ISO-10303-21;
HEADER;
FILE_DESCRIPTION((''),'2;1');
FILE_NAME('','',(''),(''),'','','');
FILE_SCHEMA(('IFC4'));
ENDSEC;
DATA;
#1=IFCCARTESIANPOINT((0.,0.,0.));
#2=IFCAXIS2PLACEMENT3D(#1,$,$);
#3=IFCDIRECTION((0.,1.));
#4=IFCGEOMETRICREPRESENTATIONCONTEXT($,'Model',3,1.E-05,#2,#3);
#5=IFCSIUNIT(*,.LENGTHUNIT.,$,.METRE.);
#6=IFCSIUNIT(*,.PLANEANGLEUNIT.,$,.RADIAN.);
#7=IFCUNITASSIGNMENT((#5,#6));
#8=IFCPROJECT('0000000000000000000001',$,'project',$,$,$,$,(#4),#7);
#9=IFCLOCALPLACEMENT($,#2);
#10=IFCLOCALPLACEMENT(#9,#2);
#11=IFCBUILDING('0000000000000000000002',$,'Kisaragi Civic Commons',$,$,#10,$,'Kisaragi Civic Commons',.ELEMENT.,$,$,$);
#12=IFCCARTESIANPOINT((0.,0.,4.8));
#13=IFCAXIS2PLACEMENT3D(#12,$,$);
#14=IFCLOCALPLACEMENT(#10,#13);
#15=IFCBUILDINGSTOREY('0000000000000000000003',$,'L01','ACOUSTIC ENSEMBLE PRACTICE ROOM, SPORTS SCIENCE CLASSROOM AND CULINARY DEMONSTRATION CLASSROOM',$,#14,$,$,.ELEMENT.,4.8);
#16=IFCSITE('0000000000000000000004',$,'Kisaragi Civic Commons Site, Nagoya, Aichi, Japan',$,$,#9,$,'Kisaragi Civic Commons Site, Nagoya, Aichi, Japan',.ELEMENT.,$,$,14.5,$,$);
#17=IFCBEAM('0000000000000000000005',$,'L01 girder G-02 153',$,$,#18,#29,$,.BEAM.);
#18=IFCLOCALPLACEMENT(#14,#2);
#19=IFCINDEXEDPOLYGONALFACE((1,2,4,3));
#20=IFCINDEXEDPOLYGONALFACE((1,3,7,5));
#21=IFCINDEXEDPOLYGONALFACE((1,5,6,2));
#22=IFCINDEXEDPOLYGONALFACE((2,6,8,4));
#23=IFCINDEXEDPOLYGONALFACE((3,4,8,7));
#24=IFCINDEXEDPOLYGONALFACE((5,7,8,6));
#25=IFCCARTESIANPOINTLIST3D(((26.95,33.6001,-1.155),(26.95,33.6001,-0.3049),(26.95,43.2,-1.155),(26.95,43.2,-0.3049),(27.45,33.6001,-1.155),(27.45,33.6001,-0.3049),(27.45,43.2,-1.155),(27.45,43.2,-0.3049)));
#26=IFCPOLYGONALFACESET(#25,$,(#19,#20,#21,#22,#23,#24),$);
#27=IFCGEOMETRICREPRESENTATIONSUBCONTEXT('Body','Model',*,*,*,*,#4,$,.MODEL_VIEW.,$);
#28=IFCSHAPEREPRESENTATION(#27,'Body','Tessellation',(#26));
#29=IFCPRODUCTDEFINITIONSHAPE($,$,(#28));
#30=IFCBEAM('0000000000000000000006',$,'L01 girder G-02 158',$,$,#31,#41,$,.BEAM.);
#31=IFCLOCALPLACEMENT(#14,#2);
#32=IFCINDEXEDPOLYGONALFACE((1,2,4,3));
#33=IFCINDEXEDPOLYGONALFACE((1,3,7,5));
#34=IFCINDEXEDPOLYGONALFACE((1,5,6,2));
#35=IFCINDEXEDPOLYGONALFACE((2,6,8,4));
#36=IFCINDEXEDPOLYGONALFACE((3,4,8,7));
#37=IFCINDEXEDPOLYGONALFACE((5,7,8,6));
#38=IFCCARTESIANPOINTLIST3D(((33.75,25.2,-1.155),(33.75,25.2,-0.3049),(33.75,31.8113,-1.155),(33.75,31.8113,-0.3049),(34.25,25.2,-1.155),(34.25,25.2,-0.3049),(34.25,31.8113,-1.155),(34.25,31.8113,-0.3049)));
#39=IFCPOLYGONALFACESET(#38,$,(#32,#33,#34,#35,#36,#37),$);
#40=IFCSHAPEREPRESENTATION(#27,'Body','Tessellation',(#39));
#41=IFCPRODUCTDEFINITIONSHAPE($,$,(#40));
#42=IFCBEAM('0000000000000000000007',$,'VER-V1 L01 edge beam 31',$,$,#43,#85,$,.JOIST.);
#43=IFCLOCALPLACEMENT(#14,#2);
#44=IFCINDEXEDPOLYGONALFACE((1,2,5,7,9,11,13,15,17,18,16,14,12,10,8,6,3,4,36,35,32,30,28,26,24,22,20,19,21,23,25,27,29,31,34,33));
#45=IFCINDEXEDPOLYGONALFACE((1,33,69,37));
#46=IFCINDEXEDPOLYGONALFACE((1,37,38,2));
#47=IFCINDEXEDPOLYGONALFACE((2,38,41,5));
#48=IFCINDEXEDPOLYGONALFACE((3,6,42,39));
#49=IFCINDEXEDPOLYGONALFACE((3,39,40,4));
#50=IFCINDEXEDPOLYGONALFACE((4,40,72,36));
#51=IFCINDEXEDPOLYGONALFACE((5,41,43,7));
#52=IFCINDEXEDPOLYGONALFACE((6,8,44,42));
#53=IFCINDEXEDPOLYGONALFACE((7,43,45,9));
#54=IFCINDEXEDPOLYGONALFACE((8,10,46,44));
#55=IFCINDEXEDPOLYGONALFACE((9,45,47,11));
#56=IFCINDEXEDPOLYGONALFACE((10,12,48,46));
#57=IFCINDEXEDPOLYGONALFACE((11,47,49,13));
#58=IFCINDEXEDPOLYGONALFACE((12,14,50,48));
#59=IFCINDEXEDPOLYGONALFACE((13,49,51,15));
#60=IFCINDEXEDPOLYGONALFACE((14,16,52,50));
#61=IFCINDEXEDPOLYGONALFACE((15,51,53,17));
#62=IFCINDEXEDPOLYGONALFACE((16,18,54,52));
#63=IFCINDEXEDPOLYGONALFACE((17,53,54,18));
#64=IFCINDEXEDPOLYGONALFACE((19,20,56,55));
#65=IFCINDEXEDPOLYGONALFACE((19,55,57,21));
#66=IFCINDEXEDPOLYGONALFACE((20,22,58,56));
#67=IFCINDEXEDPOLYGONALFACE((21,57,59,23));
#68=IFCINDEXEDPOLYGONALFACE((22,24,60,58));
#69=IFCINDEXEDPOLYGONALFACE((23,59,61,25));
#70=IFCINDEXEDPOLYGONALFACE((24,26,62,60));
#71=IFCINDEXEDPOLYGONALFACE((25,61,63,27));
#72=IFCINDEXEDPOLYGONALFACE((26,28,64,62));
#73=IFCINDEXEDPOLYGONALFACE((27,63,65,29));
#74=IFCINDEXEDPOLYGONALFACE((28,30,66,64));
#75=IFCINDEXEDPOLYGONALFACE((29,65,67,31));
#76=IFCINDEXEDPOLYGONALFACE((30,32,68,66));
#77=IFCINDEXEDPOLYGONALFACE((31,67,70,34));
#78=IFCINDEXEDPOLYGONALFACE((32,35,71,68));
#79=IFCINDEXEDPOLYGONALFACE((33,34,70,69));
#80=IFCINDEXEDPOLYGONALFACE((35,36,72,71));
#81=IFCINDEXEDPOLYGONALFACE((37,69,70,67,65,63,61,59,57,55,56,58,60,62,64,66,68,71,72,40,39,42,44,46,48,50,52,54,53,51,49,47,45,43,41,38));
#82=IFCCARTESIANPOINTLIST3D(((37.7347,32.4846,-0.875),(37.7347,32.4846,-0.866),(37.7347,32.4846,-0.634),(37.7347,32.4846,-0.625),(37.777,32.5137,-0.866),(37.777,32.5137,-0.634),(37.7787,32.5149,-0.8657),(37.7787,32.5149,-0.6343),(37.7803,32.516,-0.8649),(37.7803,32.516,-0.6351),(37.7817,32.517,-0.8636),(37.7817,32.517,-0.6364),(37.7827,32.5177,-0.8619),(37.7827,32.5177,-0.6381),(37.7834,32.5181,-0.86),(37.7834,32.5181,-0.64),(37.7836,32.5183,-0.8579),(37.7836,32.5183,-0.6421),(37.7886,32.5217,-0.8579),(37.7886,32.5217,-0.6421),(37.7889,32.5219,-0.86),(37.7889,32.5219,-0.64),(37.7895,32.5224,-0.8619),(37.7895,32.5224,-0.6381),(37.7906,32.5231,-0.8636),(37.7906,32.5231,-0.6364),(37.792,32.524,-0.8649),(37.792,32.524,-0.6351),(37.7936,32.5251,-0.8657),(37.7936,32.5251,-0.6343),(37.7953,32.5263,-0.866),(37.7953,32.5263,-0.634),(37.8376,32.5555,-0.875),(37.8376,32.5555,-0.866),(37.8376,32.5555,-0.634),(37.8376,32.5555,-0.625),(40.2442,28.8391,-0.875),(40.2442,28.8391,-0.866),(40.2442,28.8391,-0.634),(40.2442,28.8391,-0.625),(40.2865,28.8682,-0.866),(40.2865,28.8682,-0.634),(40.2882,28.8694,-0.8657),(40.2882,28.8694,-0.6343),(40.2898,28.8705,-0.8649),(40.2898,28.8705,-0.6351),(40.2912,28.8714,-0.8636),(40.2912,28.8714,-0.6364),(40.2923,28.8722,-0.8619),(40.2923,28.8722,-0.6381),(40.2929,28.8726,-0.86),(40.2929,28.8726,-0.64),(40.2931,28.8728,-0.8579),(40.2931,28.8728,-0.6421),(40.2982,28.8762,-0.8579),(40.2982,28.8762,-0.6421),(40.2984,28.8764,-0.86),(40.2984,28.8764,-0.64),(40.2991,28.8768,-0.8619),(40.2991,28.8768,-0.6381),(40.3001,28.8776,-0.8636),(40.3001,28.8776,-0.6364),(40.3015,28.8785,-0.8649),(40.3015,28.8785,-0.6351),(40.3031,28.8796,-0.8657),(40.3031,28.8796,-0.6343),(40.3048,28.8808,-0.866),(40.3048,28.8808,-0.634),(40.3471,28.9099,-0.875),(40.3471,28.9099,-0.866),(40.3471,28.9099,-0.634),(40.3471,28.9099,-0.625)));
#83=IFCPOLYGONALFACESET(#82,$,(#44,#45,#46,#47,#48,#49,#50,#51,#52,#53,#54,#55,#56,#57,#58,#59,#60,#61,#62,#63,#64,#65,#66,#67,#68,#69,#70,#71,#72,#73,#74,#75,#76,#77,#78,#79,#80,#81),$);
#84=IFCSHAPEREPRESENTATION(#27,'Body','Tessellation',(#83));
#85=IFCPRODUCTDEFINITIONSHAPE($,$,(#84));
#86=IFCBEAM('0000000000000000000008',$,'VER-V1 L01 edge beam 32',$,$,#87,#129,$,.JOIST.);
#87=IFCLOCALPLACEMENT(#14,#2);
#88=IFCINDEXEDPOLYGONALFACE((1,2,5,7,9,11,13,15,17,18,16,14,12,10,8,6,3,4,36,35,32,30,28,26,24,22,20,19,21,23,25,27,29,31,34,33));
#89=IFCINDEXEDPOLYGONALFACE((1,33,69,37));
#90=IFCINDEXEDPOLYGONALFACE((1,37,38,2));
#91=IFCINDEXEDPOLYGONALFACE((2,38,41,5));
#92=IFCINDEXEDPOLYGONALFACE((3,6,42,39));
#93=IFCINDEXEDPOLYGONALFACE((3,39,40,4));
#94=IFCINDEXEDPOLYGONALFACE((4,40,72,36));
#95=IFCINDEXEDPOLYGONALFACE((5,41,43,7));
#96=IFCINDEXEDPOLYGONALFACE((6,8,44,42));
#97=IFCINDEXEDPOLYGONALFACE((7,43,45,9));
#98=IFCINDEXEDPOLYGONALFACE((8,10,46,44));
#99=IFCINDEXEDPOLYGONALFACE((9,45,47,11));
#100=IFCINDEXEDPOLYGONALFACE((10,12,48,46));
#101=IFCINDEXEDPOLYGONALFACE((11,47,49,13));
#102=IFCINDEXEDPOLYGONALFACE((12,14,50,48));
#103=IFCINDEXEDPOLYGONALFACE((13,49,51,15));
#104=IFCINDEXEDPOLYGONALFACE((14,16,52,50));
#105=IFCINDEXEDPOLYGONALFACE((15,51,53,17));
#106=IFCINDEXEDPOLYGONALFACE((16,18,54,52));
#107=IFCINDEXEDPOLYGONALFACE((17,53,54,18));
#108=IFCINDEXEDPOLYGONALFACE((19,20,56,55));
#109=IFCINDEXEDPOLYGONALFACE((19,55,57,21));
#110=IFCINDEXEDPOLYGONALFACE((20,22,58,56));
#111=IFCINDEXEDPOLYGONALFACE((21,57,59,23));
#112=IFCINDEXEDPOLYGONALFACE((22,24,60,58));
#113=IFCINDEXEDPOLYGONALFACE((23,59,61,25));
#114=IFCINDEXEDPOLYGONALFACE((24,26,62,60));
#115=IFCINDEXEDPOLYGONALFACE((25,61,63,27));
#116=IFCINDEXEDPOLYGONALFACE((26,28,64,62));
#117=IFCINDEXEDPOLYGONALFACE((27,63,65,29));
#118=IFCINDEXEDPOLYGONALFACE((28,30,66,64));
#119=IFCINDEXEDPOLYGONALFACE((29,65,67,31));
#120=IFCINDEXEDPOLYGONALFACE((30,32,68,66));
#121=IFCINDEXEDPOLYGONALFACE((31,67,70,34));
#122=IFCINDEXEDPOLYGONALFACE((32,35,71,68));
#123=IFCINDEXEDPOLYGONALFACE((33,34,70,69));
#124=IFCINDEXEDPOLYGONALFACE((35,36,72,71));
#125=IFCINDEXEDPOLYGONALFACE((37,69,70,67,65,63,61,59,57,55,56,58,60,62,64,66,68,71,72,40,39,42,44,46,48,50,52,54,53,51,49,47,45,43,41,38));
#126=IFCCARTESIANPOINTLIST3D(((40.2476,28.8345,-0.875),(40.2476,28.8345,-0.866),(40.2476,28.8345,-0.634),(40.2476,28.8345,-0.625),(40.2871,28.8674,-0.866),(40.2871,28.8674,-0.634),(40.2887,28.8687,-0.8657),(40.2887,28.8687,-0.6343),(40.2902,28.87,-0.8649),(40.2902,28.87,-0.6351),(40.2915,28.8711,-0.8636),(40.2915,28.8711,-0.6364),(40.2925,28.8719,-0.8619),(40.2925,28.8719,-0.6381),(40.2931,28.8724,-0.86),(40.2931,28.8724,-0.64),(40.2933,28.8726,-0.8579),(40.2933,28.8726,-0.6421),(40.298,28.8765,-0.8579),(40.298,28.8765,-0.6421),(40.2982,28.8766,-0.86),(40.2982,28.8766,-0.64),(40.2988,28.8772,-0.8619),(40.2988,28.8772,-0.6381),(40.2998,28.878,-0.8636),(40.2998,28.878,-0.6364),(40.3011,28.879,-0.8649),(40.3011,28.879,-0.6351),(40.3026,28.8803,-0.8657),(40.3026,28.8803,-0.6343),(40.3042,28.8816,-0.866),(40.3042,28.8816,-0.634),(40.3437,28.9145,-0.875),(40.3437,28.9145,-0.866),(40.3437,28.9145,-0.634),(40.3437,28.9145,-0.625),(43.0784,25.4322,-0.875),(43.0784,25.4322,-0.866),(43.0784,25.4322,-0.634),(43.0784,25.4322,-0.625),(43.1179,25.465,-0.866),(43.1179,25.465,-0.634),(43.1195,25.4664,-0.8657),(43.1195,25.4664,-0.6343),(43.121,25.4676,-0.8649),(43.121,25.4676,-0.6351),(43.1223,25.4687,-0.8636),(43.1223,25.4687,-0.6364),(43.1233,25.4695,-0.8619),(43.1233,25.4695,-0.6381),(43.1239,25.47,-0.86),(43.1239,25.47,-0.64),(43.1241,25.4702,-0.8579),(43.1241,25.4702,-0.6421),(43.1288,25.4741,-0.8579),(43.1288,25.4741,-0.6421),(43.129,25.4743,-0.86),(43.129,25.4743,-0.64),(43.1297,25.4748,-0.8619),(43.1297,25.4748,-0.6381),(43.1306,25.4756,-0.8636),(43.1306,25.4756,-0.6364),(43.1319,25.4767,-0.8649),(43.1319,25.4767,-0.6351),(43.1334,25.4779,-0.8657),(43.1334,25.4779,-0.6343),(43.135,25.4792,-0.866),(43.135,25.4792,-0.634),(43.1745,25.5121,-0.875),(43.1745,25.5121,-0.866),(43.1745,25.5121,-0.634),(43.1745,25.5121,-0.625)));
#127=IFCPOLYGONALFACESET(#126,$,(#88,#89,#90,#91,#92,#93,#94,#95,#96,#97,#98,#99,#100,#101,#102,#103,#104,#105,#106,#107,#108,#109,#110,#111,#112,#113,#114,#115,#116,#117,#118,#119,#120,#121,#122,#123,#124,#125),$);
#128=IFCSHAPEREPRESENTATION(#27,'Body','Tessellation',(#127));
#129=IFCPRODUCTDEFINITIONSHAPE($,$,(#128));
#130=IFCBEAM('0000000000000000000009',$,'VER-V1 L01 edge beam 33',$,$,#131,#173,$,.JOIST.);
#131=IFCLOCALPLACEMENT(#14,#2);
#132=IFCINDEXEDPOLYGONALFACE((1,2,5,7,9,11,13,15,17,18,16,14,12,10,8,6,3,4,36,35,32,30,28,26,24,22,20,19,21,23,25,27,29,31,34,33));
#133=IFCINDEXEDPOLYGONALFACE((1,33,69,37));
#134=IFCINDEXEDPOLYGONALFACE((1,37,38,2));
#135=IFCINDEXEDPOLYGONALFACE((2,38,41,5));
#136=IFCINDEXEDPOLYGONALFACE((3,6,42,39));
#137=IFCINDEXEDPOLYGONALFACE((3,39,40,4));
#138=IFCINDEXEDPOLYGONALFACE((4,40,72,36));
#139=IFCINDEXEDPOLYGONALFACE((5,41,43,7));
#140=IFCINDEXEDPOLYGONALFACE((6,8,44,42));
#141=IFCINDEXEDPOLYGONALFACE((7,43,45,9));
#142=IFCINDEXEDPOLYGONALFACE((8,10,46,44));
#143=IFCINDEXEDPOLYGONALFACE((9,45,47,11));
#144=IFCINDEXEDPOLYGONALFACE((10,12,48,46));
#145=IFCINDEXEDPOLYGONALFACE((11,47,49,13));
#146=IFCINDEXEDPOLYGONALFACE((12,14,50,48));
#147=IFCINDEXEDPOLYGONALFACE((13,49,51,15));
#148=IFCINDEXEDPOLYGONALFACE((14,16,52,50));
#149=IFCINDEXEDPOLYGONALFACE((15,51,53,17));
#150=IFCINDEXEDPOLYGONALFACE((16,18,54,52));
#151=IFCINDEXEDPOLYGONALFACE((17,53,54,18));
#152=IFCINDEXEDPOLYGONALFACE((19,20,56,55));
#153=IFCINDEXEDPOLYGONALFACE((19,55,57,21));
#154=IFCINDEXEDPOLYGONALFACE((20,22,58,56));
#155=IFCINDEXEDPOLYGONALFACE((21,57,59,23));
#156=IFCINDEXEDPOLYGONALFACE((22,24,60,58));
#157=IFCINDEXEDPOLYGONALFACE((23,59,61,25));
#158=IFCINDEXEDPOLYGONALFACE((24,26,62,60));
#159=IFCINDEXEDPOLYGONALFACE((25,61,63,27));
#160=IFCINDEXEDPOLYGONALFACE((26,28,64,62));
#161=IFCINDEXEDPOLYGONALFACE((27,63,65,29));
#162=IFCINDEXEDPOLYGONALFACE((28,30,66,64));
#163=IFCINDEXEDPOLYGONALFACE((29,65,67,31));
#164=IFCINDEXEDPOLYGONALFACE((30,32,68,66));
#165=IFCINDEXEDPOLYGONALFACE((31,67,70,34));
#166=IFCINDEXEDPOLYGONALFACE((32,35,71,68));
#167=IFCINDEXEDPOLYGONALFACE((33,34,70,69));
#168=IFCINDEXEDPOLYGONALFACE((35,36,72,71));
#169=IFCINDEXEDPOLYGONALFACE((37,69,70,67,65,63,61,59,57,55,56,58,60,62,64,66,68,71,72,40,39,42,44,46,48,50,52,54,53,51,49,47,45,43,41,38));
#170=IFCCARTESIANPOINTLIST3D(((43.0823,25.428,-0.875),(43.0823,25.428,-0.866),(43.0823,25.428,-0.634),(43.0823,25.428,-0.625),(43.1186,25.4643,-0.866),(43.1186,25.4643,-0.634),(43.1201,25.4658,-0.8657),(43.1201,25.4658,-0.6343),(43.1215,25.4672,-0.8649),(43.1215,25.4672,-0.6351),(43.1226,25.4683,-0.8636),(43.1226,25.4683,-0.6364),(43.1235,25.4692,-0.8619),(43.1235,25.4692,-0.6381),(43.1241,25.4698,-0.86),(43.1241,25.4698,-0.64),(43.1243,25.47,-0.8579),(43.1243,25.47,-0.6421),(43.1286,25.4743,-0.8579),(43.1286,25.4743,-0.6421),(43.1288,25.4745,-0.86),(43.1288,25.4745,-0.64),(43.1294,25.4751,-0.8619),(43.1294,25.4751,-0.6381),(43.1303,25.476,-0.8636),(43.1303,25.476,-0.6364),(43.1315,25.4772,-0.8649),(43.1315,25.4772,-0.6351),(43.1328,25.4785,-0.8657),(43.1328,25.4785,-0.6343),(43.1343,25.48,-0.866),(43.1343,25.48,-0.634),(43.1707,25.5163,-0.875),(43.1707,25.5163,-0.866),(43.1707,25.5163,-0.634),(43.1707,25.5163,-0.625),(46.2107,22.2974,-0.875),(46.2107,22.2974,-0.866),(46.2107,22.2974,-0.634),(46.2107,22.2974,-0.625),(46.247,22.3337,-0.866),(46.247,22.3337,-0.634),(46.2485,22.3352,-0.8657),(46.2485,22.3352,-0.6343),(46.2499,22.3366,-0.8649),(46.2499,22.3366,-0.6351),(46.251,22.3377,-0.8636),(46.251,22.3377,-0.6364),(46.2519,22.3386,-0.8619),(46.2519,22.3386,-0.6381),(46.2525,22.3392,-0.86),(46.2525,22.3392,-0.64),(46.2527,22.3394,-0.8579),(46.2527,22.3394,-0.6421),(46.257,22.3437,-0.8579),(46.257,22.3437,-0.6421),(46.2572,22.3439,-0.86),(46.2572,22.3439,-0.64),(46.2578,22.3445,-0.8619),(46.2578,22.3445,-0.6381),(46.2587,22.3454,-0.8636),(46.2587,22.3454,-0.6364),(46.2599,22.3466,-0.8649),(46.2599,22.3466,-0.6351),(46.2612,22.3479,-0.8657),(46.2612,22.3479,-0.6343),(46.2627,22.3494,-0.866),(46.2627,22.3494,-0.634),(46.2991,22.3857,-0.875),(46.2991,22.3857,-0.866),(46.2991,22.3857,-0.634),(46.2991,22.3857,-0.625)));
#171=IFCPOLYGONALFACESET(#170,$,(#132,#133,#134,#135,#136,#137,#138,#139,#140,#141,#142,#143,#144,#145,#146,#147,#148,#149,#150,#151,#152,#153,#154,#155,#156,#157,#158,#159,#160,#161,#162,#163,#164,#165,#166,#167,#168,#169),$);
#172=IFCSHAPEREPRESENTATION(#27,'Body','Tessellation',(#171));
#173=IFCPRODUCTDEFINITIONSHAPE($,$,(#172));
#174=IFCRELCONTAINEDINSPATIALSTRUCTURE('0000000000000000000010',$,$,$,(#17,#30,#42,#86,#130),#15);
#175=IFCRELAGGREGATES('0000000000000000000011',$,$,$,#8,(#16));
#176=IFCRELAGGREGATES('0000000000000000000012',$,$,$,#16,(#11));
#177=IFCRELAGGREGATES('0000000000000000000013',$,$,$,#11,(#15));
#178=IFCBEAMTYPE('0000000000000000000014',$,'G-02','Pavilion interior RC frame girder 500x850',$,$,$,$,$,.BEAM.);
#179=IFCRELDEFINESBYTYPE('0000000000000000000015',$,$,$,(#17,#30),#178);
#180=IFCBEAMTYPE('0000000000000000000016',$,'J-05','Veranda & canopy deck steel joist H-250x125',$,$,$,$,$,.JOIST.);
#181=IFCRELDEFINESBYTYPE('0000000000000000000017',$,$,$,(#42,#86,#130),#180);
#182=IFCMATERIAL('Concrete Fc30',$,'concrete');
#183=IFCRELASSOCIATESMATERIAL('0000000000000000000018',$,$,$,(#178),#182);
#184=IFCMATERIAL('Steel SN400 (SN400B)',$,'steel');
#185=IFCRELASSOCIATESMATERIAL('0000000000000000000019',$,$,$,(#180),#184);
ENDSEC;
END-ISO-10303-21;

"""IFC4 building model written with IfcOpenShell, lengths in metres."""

from ifc_helpers import new_model, si_unit, direction, frame, origin, origin_2d, place, context, subcontext, project, spatial, rectangle, i_section, extrude, material, material_profile, profile_set, type_object, element, save


model = new_model("IFC4")

# Units and contexts
model_context = context("Model", 3, precision=1e-05, world=origin(), true_north=direction((0.0, 1.0)))
body_context = subcontext(model_context, "Body", "Model", "MODEL_VIEW")
ifc_project = project(units=[si_unit("LENGTHUNIT", "METRE"), si_unit("PLANEANGLEUNIT", "RADIAN")], contexts=[model_context])

# Site, building, storey
site_placement = place(None, origin())
site = spatial("IfcSite", under=ifc_project, at=site_placement, Name="Kisaragi Civic Commons Site, Nagoya, Aichi, Japan", LongName="Kisaragi Civic Commons Site, Nagoya, Aichi, Japan", CompositionType="ELEMENT", RefElevation=14.5)
building_placement = place(site_placement, origin())
building = spatial("IfcBuilding", under=site, at=building_placement, Name="Kisaragi Civic Commons", LongName="Kisaragi Civic Commons", CompositionType="ELEMENT")
storey_placement = place(building_placement, frame((0.0, 0.0, 4.8)))
storey = spatial("IfcBuildingStorey", under=building, at=storey_placement, Name="L01", Description="ACOUSTIC ENSEMBLE PRACTICE ROOM, SPORTS SCIENCE CLASSROOM AND CULINARY DEMONSTRATION CLASSROOM", CompositionType="ELEMENT", Elevation=4.8)

# Shared definitions
ifc_material_1 = material(Name="Concrete Fc30", Category="concrete")

# Beams
ifc_material_profile_1 = material_profile(ifc_material_1, rectangle(XDim=0.5, YDim=0.8501, at=origin_2d()), Name="RC-500x850", Category="concrete")
ifc_profile_set_1 = profile_set([ifc_material_profile_1], Name="Concrete Fc30")
beam_type_1 = type_object("IfcBeamType", Name="G-02", Description="Pavilion interior RC frame girder 500x850", PredefinedType="BEAM", material=ifc_profile_set_1)
beam_1_placement = place(storey_placement, frame((27.2, 33.6001, -0.73), z_axis=(0.0, 1.0, 0.0), x_axis=(-1.0, 0.0, 0.0)))
element("IfcBeam", 1, at=beam_1_placement, inside=storey, type_object=beam_type_1, Name="L01 girder G-02 153", PredefinedType="BEAM", context=body_context, shape_type="SweptSolid", body=[
    extrude(rectangle(XDim=0.5, YDim=0.8501, at=origin_2d()), origin(), (0.0, 0.0, 1.0), 9.5999),
])
beam_2_placement = place(storey_placement, frame((34.0, 25.2, -0.73), z_axis=(0.0, 1.0, 0.0), x_axis=(-1.0, 0.0, 0.0)))
element("IfcBeam", 2, at=beam_2_placement, inside=storey, type_object=beam_type_1, Name="L01 girder G-02 158", PredefinedType="BEAM", context=body_context, shape_type="SweptSolid", body=[
    extrude(rectangle(XDim=0.5, YDim=0.8501, at=origin_2d()), origin(), (0.0, 0.0, 1.0), 6.6113),
])
ifc_material_2 = material(Name="Steel SN400 (SN400B)", Category="steel")
ifc_material_profile_2 = material_profile(ifc_material_2, i_section(OverallWidth=0.125, OverallDepth=0.25, WebThickness=0.0061, FlangeThickness=0.009, FilletRadius=0.0081, at=origin_2d()), Name="H-250x125x6x9", Category="steel")
ifc_profile_set_2 = profile_set([ifc_material_profile_2], Name="Steel SN400 (SN400B)")
beam_type_2 = type_object("IfcBeamType", Name="J-05", Description="Veranda & canopy deck steel joist H-250x125", PredefinedType="JOIST", material=ifc_profile_set_2)
beam_3_placement = place(storey_placement, frame((37.7861, 32.52, -0.75), z_axis=(0.567025, -0.823701, 0.0), x_axis=(0.823701, 0.567025, 0.0)))
element("IfcBeam", 3, at=beam_3_placement, inside=storey, type_object=beam_type_2, Name="VER-V1 L01 edge beam 31", PredefinedType="JOIST", context=body_context, shape_type="SweptSolid", body=[
    extrude(i_section(OverallWidth=0.125, OverallDepth=0.25, WebThickness=0.0061, FlangeThickness=0.009, FilletRadius=0.0081, at=origin_2d()), origin(), (0.0, 0.0, 1.0), 4.4258),
])
beam_4_placement = place(storey_placement, frame((40.2957, 28.8745, -0.75), z_axis=(0.639587, -0.768718, 0.0), x_axis=(0.768718, 0.639587, 0.0)))
element("IfcBeam", 4, at=beam_4_placement, inside=storey, type_object=beam_type_2, Name="VER-V1 L01 edge beam 32", PredefinedType="JOIST", context=body_context, shape_type="SweptSolid", body=[
    extrude(i_section(OverallWidth=0.125, OverallDepth=0.25, WebThickness=0.0061, FlangeThickness=0.009, FilletRadius=0.0081, at=origin_2d()), origin(), (0.0, 0.0, 1.0), 4.426),
])
beam_5_placement = place(storey_placement, frame((43.1265, 25.4722, -0.75), z_axis=(0.706859, -0.707355, 0.0), x_axis=(0.707355, 0.706859, 0.0)))
element("IfcBeam", 5, at=beam_5_placement, inside=storey, type_object=beam_type_2, Name="VER-V1 L01 edge beam 33", PredefinedType="JOIST", context=body_context, shape_type="SweptSolid", body=[
    extrude(i_section(OverallWidth=0.125, OverallDepth=0.25, WebThickness=0.0061, FlangeThickness=0.009, FilletRadius=0.0081, at=origin_2d()), origin(), (0.0, 0.0, 1.0), 4.4258),
])

save(model, "model.ifc")
